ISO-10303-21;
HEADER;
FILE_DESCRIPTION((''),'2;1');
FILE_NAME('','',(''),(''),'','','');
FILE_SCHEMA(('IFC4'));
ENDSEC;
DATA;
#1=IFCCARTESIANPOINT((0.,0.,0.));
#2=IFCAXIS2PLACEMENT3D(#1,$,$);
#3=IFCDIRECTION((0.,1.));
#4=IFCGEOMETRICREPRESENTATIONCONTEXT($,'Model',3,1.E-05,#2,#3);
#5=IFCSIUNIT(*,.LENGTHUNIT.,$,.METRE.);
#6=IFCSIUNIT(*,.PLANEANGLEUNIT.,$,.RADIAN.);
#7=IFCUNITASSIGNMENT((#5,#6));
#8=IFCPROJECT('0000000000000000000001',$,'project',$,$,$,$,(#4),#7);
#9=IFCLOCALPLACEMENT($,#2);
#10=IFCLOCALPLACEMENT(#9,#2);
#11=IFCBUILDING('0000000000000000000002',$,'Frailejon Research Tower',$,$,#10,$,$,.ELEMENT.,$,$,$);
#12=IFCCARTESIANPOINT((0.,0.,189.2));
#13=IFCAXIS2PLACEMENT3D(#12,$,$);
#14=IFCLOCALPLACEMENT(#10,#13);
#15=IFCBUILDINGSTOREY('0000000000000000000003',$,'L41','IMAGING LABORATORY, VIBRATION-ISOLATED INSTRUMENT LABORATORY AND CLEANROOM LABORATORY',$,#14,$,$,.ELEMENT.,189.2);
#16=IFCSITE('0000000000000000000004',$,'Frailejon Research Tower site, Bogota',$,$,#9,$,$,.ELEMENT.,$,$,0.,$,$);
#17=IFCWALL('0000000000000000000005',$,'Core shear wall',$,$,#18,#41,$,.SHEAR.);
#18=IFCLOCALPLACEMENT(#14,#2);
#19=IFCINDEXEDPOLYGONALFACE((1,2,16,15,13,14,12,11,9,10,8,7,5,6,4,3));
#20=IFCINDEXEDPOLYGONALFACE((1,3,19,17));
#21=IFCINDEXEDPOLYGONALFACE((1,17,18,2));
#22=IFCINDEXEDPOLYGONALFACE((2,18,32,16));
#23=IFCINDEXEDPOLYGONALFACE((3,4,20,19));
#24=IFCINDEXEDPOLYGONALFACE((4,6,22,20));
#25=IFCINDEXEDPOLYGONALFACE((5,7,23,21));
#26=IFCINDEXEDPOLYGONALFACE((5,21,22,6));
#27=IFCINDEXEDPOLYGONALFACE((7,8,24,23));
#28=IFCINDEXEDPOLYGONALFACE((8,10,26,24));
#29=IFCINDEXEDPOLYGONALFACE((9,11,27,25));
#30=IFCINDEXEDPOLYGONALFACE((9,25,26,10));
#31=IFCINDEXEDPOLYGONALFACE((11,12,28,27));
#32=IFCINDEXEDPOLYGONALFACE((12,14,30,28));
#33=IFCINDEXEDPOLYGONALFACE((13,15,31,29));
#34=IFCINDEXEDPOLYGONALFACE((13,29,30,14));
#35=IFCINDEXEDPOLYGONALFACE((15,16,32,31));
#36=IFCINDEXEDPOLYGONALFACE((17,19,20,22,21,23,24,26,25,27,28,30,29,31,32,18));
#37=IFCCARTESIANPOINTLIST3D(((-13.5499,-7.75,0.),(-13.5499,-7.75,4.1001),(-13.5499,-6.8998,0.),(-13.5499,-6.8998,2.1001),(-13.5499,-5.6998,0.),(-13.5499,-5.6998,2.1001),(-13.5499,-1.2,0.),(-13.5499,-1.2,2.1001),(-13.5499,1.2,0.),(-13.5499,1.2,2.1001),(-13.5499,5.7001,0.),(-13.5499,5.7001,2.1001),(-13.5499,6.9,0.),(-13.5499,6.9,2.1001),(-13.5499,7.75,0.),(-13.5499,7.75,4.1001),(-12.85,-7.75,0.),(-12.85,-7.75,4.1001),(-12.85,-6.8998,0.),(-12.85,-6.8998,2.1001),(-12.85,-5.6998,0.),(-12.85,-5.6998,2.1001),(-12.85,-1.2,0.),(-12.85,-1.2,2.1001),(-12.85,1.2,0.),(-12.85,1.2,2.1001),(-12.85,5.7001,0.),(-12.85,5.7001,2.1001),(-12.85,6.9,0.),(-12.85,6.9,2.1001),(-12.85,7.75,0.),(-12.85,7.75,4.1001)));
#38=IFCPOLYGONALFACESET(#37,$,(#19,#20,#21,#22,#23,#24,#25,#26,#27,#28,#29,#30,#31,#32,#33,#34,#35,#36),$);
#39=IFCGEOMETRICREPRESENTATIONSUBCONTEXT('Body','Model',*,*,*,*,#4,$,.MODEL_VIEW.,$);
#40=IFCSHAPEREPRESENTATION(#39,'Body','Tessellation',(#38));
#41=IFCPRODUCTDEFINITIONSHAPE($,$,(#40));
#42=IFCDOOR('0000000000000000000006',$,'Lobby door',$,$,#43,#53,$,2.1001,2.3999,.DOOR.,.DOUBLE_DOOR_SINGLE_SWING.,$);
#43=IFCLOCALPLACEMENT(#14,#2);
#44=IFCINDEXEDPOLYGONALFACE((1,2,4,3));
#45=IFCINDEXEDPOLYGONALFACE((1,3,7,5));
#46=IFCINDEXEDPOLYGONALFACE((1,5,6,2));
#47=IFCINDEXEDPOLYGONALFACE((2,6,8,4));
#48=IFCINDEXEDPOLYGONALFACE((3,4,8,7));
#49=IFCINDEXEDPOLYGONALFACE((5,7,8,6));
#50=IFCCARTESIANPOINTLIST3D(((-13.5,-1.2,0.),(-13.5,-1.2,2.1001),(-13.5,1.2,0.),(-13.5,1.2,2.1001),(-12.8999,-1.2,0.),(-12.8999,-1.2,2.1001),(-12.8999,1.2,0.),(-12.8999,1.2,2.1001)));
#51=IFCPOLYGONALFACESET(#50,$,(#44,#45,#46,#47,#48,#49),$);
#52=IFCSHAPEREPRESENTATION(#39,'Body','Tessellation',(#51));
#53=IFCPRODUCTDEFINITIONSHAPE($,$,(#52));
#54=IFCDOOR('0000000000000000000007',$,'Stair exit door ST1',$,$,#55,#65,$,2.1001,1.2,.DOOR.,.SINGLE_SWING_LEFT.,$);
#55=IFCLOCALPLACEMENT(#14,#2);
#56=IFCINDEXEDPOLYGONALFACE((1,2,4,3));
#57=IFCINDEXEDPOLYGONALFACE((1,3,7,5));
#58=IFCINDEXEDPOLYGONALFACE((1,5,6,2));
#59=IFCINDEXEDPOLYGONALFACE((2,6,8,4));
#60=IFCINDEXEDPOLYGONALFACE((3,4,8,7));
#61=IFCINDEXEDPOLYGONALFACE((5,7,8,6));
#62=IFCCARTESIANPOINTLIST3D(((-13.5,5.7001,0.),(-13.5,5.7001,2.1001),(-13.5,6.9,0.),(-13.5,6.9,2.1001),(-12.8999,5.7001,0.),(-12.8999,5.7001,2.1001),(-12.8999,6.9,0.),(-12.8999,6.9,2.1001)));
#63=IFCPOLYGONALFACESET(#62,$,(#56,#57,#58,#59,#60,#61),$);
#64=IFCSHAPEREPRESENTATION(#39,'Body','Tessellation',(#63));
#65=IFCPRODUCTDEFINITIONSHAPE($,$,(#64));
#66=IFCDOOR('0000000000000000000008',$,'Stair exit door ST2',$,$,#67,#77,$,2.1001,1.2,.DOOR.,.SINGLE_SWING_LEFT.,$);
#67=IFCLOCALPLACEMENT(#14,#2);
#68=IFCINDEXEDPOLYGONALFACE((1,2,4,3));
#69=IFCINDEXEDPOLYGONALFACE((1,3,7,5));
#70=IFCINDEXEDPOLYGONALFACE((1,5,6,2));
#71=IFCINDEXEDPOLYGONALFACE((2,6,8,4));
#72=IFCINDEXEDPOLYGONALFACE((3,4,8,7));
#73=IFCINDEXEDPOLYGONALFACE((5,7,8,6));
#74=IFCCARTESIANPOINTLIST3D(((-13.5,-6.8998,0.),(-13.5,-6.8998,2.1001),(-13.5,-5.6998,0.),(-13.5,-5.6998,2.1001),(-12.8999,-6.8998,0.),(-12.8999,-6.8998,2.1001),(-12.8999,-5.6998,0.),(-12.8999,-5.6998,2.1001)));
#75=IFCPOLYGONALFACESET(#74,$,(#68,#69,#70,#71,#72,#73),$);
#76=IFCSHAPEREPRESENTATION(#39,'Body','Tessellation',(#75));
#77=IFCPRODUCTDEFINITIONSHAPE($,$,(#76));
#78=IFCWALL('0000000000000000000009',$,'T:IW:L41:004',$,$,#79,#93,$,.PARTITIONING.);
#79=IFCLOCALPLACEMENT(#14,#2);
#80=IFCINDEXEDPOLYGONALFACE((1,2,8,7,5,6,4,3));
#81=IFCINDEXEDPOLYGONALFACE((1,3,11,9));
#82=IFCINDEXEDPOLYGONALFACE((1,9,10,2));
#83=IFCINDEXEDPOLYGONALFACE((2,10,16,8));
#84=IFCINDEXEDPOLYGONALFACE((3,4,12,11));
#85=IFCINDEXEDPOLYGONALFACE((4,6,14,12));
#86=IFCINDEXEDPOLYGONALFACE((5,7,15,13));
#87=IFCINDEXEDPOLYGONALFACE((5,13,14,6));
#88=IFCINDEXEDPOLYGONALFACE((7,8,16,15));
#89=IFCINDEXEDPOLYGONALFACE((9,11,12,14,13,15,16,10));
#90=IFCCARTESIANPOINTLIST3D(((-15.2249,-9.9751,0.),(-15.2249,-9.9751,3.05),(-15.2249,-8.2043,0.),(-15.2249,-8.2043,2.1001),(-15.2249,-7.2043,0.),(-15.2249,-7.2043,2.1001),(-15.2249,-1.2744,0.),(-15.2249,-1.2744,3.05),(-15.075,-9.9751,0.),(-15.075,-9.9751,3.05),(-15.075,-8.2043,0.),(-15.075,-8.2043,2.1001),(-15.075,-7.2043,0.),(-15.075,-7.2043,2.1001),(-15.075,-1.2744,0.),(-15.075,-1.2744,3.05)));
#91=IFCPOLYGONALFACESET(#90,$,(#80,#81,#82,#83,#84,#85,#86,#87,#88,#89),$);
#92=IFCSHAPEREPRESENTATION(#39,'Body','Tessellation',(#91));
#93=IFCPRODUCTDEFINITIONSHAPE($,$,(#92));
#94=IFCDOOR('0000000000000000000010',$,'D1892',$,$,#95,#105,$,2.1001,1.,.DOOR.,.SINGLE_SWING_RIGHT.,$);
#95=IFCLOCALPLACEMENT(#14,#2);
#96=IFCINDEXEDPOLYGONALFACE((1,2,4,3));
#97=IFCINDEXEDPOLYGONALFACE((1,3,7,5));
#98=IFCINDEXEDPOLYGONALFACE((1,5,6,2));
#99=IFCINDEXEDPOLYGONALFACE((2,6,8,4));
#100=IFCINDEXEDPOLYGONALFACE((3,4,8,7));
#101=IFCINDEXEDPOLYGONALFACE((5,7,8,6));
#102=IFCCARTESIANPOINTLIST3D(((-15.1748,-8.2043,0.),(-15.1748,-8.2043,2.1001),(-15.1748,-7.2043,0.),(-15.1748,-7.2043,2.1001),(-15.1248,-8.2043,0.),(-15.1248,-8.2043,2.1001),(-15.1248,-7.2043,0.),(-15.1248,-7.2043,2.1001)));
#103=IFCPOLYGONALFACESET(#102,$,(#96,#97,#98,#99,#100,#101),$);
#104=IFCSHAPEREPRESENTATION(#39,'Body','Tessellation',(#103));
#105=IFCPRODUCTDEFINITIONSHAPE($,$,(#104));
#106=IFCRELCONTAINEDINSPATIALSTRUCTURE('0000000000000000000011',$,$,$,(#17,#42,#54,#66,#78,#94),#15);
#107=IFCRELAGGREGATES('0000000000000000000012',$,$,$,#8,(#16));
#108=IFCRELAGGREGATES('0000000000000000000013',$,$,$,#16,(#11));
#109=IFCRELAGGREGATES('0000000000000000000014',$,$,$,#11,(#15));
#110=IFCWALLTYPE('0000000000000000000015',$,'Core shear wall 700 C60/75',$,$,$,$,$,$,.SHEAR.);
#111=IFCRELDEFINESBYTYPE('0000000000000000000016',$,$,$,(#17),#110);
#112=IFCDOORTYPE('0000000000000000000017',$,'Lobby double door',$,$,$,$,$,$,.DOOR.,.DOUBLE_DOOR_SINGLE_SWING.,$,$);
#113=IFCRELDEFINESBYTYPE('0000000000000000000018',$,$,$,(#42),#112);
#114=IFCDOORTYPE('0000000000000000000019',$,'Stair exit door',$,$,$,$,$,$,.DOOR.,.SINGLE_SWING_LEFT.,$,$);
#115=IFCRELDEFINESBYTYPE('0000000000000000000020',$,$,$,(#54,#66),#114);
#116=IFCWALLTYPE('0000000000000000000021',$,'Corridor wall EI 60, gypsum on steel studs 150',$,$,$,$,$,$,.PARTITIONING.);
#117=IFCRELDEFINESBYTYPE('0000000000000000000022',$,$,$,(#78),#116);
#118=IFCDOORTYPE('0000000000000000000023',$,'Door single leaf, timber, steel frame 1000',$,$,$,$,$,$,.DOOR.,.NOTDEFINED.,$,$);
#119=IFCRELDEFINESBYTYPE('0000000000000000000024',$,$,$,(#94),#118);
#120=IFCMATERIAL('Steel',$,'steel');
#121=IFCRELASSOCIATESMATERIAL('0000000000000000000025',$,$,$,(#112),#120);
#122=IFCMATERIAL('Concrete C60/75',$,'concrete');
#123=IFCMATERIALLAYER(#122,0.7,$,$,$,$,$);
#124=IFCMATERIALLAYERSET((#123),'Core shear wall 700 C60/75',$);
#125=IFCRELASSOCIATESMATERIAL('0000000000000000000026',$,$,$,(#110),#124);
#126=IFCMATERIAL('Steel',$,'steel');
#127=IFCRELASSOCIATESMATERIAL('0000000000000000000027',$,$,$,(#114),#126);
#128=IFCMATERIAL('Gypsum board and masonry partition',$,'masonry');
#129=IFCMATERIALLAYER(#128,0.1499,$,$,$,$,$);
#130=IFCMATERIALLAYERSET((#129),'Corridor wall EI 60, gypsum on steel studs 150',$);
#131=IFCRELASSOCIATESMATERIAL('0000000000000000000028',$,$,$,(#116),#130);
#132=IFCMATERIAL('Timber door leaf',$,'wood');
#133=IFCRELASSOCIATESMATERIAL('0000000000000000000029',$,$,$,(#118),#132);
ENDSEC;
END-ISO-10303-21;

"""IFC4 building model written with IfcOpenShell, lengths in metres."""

from ifc_helpers import new_model, si_unit, direction, frame, frame_2d, origin, place, context, subcontext, project, spatial, rectangle, extrude, material, layer, layer_set, type_object, element, fill, save


model = new_model("IFC4")

# Units and contexts
model_context = context("Model", 3, precision=1e-05, world=origin(), true_north=direction((0.0, 1.0)))
body_context = subcontext(model_context, "Body", "Model", "MODEL_VIEW")
ifc_project = project(units=[si_unit("LENGTHUNIT", "METRE"), si_unit("PLANEANGLEUNIT", "RADIAN")], contexts=[model_context])

# Site, building, storey
site_placement = place(None, origin())
site = spatial("IfcSite", under=ifc_project, at=site_placement, Name="Frailejon Research Tower site, Bogota", CompositionType="ELEMENT", RefElevation=0.0)
building_placement = place(site_placement, origin())
building = spatial("IfcBuilding", under=site, at=building_placement, Name="Frailejon Research Tower", CompositionType="ELEMENT")
storey_placement = place(building_placement, frame((0.0, 0.0, 189.2)))
storey = spatial("IfcBuildingStorey", under=building, at=storey_placement, Name="L41", Description="IMAGING LABORATORY, VIBRATION-ISOLATED INSTRUMENT LABORATORY AND CLEANROOM LABORATORY", CompositionType="ELEMENT", Elevation=189.2)

# Shared definitions
ifc_material_1 = material(Name="Steel", Category="steel")
door_type_1 = type_object("IfcDoorType", Name="Lobby double door", OperationType="DOUBLE_DOOR_SINGLE_SWING", PredefinedType="DOOR", material=ifc_material_1)

# Shared definitions
ifc_material_2 = material(Name="Concrete C60/75", Category="concrete")
ifc_layer_1 = layer(ifc_material_2, 0.7)
ifc_layer_set_1 = layer_set([ifc_layer_1], Name="Core shear wall 700 C60/75")
wall_type_1 = type_object("IfcWallType", Name="Core shear wall 700 C60/75", PredefinedType="SHEAR", material=ifc_layer_set_1)

# Wall, openings, doors
wall_1_placement = place(storey_placement, frame((-13.2, -7.75, 0.0), z_axis=(0.0, 0.0, 1.0), x_axis=(0.0, 1.0, 0.0)))
wall_1 = element("IfcWall", 1, at=wall_1_placement, inside=storey, type_object=wall_type_1, Name="Core shear wall", PredefinedType="SHEAR", context=body_context, shape_type="SweptSolid", body=[
    extrude(rectangle(XDim=15.5, YDim=0.7, at=frame_2d((7.75, 0.0))), origin(), (0.0, 0.0, 1.0), 4.1001),
])
opening_1_placement = place(wall_1_placement, frame((6.55, 0.0, 0.0)))
opening_1 = element("IfcOpeningElement", 2, at=opening_1_placement, cuts=wall_1, PredefinedType="OPENING", context=body_context, shape_type="SweptSolid", body=[
    extrude(rectangle(XDim=2.3999, YDim=2.1001, at=frame_2d((1.2, 1.05))), frame((0.0, 0.3599, 0.0), z_axis=(0.0, -1.0, 0.0), x_axis=(1.0, 0.0, 0.0)), (0.0, 0.0, 1.0), 0.72),
])
opening_2_placement = place(wall_1_placement, frame((13.45, 0.0, 0.0)))
opening_2 = element("IfcOpeningElement", 3, at=opening_2_placement, cuts=wall_1, PredefinedType="OPENING", context=body_context, shape_type="SweptSolid", body=[
    extrude(rectangle(XDim=1.2, YDim=2.1001, at=frame_2d((0.6001, 1.05))), frame((0.0, 0.3599, 0.0), z_axis=(0.0, -1.0, 0.0), x_axis=(1.0, 0.0, 0.0)), (0.0, 0.0, 1.0), 0.72),
])
opening_3_placement = place(wall_1_placement, frame((0.8501, 0.0, 0.0)))
opening_3 = element("IfcOpeningElement", 4, at=opening_3_placement, cuts=wall_1, PredefinedType="OPENING", context=body_context, shape_type="SweptSolid", body=[
    extrude(rectangle(XDim=1.2, YDim=2.1001, at=frame_2d((0.6001, 1.05))), frame((0.0, 0.3599, 0.0), z_axis=(0.0, -1.0, 0.0), x_axis=(1.0, 0.0, 0.0)), (0.0, 0.0, 1.0), 0.72),
])
door_1_placement = place(opening_1_placement, origin())
door_1 = element("IfcDoor", 5, at=door_1_placement, inside=storey, type_object=door_type_1, Name="Lobby door", OperationType="DOUBLE_DOOR_SINGLE_SWING", OverallHeight=2.1001, OverallWidth=2.3999, PredefinedType="DOOR", context=body_context, shape_type="SweptSolid", body=[
    extrude(rectangle(XDim=2.3999, YDim=2.1001, at=frame_2d((1.2, 1.05))), frame((0.0, 0.3, 0.0), z_axis=(0.0, -1.0, 0.0), x_axis=(1.0, 0.0, 0.0)), (0.0, 0.0, 1.0), 0.6001),
])
fill(opening_1, door_1)
ifc_material_3 = material(Name="Steel", Category="steel")
door_type_2 = type_object("IfcDoorType", Name="Stair exit door", OperationType="SINGLE_SWING_LEFT", PredefinedType="DOOR", material=ifc_material_3)
door_2_placement = place(opening_2_placement, origin())
door_2 = element("IfcDoor", 6, at=door_2_placement, inside=storey, type_object=door_type_2, Name="Stair exit door ST1", OperationType="SINGLE_SWING_LEFT", OverallHeight=2.1001, OverallWidth=1.2, PredefinedType="DOOR", context=body_context, shape_type="SweptSolid", body=[
    extrude(rectangle(XDim=1.2, YDim=2.1001, at=frame_2d((0.6001, 1.05))), frame((0.0, 0.3, 0.0), z_axis=(0.0, -1.0, 0.0), x_axis=(1.0, 0.0, 0.0)), (0.0, 0.0, 1.0), 0.6001),
])
fill(opening_2, door_2)
door_3_placement = place(opening_3_placement, origin())
door_3 = element("IfcDoor", 7, at=door_3_placement, inside=storey, type_object=door_type_2, Name="Stair exit door ST2", OperationType="SINGLE_SWING_LEFT", OverallHeight=2.1001, OverallWidth=1.2, PredefinedType="DOOR", context=body_context, shape_type="SweptSolid", body=[
    extrude(rectangle(XDim=1.2, YDim=2.1001, at=frame_2d((0.6001, 1.05))), frame((0.0, 0.3, 0.0), z_axis=(0.0, -1.0, 0.0), x_axis=(1.0, 0.0, 0.0)), (0.0, 0.0, 1.0), 0.6001),
])
fill(opening_3, door_3)

# Wall, opening, door
ifc_material_4 = material(Name="Gypsum board and masonry partition", Category="masonry")
ifc_layer_2 = layer(ifc_material_4, 0.1499)
ifc_layer_set_2 = layer_set([ifc_layer_2], Name="Corridor wall EI 60, gypsum on steel studs 150")
wall_type_2 = type_object("IfcWallType", Name="Corridor wall EI 60, gypsum on steel studs 150", PredefinedType="PARTITIONING", material=ifc_layer_set_2)
wall_2_placement = place(storey_placement, frame((-15.1499, -9.9751, 0.0), z_axis=(0.0, 0.0, 1.0), x_axis=(0.0, 1.0, 0.0)))
wall_2 = element("IfcWall", 8, at=wall_2_placement, inside=storey, type_object=wall_type_2, Name="T:IW:L41:004", PredefinedType="PARTITIONING", context=body_context, shape_type="SweptSolid", body=[
    extrude(rectangle(XDim=8.7007, YDim=0.1499, at=frame_2d((4.3503, 0.0))), origin(), (0.0, 0.0, 1.0), 3.05),
])
opening_4_placement = place(wall_2_placement, frame((1.7708, 0.0, 0.0)))
opening_4 = element("IfcOpeningElement", 9, at=opening_4_placement, cuts=wall_2, PredefinedType="OPENING", context=body_context, shape_type="SweptSolid", body=[
    extrude(rectangle(XDim=1.0, YDim=2.1001, at=frame_2d((0.5, 1.05))), frame((0.0, 0.085, 0.0), z_axis=(0.0, -1.0, 0.0), x_axis=(1.0, 0.0, 0.0)), (0.0, 0.0, 1.0), 0.1699),
])
ifc_material_5 = material(Name="Timber door leaf", Category="wood")
door_type_3 = type_object("IfcDoorType", Name="Door single leaf, timber, steel frame 1000", OperationType="NOTDEFINED", PredefinedType="DOOR", material=ifc_material_5)
door_4_placement = place(opening_4_placement, origin())
door_4 = element("IfcDoor", 10, at=door_4_placement, inside=storey, type_object=door_type_3, Name="D1892", OperationType="SINGLE_SWING_RIGHT", OverallHeight=2.1001, OverallWidth=1.0, PredefinedType="DOOR", context=body_context, shape_type="SweptSolid", body=[
    extrude(rectangle(XDim=1.0, YDim=2.1001, at=frame_2d((0.5, 1.05))), frame((0.0, 0.0249, 0.0), z_axis=(0.0, -1.0, 0.0), x_axis=(1.0, 0.0, 0.0)), (0.0, 0.0, 1.0), 0.05),
])
fill(opening_4, door_4)

save(model, "model.ifc")
